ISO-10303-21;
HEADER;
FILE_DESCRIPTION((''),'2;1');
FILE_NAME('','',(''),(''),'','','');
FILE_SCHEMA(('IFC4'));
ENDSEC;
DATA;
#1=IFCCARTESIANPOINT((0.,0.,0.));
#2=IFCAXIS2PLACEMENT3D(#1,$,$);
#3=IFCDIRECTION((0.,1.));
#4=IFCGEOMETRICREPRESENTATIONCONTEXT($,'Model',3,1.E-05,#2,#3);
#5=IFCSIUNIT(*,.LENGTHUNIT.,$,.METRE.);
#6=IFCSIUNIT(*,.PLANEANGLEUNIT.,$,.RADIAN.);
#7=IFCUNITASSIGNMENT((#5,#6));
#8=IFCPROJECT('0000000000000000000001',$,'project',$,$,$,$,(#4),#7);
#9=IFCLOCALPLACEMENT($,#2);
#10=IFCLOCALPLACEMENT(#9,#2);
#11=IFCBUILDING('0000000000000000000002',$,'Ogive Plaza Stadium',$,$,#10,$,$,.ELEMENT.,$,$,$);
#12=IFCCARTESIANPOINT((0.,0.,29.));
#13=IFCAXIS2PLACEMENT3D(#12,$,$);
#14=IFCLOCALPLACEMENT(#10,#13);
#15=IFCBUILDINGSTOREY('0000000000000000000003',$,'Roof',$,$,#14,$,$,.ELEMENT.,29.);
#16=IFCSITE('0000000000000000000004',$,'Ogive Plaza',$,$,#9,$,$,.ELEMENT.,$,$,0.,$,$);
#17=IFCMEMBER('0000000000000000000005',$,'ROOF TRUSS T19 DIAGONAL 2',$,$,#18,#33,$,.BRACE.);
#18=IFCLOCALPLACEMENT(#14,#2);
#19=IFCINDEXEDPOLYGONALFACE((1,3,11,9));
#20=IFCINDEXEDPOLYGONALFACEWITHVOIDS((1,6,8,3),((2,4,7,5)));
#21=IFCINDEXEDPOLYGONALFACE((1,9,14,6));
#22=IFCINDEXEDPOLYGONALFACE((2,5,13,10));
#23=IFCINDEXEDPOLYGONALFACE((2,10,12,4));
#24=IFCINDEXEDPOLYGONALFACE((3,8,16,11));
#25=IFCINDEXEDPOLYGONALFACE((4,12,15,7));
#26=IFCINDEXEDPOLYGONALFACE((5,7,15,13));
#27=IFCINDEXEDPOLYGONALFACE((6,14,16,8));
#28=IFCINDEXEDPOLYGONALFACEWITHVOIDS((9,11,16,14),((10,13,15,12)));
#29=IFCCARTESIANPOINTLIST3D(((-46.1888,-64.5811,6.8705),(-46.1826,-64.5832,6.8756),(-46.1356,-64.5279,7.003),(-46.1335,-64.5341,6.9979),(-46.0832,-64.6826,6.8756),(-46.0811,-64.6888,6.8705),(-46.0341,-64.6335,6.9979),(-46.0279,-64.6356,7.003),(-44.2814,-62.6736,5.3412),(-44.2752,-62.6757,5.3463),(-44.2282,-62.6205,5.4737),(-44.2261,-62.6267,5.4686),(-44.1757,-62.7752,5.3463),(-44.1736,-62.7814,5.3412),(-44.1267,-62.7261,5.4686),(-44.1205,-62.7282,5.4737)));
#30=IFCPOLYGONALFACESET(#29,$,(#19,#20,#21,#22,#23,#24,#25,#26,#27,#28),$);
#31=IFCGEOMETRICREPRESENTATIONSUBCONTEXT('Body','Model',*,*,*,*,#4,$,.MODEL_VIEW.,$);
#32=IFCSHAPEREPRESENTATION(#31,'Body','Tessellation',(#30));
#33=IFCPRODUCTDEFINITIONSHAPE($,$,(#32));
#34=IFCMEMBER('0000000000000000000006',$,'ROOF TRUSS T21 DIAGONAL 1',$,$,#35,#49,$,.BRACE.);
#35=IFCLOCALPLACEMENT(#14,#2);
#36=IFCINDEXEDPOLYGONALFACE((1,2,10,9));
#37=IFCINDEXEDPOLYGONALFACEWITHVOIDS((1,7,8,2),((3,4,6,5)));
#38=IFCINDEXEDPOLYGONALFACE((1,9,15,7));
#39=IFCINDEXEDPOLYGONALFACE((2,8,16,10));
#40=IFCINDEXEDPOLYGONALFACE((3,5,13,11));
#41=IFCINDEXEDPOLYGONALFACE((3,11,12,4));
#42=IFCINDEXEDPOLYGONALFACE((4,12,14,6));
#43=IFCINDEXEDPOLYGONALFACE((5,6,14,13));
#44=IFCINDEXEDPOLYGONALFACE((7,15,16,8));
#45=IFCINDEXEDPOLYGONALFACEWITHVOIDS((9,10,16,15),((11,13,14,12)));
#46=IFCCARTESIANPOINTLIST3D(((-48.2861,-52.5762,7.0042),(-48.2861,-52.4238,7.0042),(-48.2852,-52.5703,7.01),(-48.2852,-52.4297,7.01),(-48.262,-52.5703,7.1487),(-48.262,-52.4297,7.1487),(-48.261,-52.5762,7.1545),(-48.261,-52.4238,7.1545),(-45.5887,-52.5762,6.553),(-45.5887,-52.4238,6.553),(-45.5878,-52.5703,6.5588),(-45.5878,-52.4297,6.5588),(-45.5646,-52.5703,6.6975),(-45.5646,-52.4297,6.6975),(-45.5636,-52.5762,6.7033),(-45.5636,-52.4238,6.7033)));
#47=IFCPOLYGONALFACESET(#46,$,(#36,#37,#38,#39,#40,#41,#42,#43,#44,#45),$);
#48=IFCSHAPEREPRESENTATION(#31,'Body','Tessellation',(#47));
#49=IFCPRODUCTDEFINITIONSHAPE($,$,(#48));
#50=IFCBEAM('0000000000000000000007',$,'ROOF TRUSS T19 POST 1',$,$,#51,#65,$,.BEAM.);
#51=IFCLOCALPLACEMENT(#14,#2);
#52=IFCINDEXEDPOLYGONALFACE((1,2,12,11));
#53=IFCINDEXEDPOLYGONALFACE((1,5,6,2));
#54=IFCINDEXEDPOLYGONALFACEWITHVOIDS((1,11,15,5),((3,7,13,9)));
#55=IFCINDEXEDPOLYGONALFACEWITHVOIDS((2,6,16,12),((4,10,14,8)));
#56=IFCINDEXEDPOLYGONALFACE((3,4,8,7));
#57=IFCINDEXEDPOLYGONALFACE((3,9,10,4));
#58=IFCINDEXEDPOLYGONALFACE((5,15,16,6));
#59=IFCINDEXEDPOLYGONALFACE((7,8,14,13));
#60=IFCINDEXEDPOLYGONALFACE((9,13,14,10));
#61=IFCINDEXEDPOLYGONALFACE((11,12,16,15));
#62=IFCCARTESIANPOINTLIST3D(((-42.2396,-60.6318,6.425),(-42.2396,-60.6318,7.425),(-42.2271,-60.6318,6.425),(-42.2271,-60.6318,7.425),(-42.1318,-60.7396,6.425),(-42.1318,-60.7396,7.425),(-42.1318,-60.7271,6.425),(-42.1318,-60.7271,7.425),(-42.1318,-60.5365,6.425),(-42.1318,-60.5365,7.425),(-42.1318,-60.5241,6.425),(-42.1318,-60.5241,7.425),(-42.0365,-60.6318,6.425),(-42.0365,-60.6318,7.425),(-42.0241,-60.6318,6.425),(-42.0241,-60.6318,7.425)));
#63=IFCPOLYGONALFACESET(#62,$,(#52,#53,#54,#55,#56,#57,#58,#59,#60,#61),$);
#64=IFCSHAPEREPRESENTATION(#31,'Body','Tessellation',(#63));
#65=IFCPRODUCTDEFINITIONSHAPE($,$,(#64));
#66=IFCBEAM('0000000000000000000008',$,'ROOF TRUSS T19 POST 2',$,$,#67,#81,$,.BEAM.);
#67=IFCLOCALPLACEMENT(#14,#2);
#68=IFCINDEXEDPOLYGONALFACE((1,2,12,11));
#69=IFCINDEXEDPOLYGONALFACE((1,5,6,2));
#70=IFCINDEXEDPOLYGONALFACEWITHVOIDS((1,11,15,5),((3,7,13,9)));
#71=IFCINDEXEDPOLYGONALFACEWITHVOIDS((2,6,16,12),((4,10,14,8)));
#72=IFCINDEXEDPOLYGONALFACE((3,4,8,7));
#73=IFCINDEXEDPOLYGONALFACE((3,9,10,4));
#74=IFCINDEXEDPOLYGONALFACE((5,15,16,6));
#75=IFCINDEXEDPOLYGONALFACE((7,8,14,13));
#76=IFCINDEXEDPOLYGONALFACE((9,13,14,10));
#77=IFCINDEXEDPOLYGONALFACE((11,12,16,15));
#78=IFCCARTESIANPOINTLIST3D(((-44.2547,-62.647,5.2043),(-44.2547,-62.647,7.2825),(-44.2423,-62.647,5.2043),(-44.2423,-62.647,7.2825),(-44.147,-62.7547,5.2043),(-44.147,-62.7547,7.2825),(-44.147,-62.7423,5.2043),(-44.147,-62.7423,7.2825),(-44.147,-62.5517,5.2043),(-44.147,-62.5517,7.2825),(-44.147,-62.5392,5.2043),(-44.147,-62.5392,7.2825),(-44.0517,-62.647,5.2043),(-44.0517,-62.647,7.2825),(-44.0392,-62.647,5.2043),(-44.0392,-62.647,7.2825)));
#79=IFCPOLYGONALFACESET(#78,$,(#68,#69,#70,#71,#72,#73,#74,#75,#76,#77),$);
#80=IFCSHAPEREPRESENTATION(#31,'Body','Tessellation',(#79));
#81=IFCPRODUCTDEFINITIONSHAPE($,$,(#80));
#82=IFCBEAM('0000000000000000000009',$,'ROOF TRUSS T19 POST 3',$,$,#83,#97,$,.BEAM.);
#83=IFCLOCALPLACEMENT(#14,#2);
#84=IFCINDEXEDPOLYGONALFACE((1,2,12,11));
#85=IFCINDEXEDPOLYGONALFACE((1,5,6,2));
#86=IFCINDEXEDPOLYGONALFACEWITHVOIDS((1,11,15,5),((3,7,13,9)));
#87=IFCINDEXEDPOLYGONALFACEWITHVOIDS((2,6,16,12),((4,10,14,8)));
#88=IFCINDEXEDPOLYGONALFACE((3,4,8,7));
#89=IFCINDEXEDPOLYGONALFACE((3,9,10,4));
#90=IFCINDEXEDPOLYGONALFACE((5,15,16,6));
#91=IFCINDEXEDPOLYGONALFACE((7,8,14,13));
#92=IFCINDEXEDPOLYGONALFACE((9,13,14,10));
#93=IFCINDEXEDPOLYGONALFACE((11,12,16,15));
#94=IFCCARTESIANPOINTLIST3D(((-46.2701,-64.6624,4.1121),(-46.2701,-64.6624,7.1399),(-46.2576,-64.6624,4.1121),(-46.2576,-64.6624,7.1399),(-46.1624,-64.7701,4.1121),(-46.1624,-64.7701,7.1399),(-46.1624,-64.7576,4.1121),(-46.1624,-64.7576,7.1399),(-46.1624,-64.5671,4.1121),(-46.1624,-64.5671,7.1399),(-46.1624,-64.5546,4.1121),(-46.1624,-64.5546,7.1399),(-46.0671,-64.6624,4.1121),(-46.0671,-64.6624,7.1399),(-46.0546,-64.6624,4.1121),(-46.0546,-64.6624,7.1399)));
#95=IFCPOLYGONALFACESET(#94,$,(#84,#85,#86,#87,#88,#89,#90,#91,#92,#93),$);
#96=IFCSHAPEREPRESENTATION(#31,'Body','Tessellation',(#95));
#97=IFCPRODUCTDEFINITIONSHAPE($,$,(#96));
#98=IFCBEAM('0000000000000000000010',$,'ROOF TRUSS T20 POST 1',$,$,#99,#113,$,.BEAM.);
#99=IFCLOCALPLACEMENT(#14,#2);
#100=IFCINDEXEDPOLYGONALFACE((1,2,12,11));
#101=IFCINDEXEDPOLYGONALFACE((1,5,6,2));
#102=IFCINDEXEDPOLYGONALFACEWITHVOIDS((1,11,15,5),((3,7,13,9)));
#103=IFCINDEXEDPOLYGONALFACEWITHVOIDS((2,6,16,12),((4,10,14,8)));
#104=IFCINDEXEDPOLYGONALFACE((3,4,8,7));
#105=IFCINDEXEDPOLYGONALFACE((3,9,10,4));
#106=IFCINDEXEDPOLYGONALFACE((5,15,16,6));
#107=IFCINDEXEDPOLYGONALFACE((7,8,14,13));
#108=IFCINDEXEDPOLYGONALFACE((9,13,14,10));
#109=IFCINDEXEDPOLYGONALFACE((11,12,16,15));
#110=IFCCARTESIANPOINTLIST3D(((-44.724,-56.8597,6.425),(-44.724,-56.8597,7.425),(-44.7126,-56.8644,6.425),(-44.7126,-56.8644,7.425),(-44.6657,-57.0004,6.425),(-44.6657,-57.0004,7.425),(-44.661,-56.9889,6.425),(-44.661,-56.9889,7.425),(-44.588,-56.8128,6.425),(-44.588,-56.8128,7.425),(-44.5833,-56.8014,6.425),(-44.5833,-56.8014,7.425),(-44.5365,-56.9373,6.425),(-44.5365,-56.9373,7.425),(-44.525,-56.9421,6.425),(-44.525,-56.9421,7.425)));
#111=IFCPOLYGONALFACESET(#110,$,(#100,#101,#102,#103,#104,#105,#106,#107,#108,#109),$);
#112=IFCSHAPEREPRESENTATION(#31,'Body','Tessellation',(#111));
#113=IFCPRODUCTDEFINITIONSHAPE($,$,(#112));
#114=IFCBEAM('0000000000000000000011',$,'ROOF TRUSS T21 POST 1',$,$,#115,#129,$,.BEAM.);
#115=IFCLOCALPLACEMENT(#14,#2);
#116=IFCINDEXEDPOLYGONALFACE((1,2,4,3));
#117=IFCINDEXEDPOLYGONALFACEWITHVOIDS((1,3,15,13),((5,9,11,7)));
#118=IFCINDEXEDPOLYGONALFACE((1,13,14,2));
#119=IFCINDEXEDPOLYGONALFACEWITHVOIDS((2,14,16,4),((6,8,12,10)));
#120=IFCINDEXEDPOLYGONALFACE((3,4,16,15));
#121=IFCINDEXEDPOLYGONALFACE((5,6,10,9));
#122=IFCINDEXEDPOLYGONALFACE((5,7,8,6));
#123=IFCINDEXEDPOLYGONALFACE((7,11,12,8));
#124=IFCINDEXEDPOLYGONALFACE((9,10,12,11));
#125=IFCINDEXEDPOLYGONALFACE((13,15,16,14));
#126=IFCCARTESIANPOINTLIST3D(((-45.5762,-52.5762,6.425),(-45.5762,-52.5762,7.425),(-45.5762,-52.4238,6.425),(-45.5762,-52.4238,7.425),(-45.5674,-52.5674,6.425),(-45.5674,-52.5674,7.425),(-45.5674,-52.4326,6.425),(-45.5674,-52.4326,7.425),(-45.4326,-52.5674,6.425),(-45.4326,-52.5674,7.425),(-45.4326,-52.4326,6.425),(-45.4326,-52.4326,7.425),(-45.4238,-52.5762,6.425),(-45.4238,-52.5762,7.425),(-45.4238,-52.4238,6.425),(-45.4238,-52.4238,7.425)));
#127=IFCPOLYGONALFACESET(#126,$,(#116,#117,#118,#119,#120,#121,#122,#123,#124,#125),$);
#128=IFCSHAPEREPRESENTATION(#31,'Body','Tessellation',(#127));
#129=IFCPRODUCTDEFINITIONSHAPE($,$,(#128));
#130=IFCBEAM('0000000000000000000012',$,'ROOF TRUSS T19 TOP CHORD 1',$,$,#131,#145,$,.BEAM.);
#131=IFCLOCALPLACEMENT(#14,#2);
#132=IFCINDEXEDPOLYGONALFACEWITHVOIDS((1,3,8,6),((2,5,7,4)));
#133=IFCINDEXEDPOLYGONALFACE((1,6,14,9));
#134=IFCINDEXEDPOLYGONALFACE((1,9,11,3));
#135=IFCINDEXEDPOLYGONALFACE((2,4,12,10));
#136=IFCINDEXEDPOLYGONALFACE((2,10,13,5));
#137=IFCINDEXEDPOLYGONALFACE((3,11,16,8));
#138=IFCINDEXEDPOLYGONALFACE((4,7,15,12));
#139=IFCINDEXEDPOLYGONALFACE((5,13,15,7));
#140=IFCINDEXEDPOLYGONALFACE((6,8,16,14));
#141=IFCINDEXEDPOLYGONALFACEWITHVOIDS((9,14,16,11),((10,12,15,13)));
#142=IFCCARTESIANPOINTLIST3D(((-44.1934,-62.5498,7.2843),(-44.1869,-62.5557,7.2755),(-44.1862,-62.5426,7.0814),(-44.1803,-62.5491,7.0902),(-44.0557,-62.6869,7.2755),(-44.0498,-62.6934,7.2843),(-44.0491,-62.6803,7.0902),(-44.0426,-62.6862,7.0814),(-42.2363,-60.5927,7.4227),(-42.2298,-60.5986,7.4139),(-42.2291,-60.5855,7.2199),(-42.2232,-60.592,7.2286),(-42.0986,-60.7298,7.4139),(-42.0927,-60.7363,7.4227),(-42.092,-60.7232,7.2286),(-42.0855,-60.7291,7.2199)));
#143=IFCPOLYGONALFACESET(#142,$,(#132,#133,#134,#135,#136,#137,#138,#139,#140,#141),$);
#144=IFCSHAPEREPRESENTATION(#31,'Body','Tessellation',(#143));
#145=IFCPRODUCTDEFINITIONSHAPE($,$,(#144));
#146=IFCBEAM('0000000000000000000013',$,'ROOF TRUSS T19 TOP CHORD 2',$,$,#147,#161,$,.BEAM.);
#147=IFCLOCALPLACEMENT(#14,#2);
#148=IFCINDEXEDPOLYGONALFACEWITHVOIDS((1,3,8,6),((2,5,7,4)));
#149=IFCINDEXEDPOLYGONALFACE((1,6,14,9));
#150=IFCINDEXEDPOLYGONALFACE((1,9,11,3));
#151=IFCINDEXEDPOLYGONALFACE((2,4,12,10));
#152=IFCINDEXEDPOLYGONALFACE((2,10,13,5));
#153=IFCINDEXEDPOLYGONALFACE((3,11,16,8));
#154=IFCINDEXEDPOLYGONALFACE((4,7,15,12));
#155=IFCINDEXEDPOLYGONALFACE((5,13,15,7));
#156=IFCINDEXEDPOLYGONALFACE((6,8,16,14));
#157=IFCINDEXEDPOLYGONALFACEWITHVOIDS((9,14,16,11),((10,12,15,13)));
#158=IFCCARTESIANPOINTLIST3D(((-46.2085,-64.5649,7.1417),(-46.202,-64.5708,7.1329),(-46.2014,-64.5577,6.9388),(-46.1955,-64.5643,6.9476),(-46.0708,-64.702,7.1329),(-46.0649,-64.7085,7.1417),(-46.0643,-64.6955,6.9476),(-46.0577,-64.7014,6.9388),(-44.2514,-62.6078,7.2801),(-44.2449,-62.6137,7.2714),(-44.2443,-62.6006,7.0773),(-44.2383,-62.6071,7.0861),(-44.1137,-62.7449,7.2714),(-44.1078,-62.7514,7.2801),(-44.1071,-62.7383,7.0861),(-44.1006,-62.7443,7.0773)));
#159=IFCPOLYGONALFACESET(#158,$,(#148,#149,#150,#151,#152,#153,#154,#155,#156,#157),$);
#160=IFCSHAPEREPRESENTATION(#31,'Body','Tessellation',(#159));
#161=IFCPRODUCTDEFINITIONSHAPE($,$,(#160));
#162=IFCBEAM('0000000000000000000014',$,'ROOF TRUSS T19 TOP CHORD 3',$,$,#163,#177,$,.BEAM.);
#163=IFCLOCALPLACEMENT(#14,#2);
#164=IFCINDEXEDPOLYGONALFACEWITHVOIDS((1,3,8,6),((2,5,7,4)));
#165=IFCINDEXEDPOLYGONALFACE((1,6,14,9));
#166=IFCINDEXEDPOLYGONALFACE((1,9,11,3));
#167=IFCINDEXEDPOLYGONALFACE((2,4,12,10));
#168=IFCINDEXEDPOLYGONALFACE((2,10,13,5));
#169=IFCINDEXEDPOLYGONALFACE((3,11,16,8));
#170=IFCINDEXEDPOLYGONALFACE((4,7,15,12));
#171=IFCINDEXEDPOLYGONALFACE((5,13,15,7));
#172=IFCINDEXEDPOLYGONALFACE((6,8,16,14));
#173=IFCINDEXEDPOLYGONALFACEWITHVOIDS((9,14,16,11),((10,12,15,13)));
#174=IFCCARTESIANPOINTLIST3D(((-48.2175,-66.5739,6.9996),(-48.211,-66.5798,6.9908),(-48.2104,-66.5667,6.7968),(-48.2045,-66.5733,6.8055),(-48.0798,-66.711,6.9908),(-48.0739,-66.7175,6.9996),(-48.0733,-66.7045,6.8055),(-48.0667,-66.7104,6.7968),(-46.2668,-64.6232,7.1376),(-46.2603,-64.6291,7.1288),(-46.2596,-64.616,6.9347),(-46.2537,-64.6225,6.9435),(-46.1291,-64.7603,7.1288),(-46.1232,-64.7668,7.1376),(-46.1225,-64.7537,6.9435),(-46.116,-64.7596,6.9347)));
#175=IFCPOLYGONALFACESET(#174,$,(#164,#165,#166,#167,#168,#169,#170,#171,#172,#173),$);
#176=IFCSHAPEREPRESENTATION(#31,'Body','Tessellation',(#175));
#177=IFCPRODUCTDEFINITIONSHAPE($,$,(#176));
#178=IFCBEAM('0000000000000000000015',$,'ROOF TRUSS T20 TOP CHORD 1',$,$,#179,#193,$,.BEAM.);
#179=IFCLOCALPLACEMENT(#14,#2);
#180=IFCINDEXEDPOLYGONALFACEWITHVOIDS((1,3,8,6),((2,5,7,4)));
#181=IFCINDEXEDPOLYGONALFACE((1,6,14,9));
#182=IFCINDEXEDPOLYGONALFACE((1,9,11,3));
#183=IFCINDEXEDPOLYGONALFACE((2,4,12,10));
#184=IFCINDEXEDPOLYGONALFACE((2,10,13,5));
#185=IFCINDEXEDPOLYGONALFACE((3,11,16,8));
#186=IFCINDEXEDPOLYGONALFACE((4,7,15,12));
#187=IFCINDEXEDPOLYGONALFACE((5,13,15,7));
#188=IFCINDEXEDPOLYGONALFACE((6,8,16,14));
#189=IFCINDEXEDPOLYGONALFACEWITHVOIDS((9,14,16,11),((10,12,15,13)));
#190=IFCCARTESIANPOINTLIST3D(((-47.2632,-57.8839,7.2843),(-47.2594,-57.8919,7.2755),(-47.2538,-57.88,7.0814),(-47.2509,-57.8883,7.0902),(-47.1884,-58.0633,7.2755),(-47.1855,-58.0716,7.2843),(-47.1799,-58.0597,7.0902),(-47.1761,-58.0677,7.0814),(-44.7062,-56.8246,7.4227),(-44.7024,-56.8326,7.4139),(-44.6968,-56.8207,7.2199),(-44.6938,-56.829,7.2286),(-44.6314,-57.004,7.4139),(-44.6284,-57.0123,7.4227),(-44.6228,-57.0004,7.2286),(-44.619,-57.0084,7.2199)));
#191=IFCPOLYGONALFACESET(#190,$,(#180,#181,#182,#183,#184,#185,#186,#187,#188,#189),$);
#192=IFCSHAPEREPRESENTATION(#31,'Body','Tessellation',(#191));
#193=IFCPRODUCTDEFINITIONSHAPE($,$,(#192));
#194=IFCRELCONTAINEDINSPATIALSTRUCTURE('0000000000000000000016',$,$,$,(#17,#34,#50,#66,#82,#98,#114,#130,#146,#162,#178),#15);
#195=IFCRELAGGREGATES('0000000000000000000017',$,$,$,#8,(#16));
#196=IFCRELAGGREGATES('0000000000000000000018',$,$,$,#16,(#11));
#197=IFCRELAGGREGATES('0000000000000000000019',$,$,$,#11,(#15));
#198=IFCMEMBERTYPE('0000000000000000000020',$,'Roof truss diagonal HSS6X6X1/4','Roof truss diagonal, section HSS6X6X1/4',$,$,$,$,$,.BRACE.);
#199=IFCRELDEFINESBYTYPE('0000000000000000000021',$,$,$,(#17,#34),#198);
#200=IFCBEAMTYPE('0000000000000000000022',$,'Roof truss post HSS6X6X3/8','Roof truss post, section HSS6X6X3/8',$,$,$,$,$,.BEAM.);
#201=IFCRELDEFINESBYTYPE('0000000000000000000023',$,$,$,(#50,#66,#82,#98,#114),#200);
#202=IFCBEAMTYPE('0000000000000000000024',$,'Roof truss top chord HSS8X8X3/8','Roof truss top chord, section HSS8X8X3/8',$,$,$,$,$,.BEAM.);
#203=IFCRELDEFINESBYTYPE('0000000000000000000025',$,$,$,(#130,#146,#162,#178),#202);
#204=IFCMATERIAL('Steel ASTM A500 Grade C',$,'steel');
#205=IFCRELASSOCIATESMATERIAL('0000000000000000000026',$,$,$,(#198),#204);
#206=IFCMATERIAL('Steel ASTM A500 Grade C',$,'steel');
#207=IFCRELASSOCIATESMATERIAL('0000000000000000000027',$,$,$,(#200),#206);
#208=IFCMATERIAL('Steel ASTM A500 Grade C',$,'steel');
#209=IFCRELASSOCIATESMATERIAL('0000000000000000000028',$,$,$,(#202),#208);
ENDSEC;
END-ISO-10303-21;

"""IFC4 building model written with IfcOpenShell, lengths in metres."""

from ifc_helpers import new_model, si_unit, direction, frame, origin, origin_2d, place, context, subcontext, project, spatial, hollow_rectangle, extrude, material, material_profile, profile_set, type_object, element, save


model = new_model("IFC4")

# Units and contexts
model_context = context("Model", 3, precision=1e-05, world=origin(), true_north=direction((0.0, 1.0)))
body_context = subcontext(model_context, "Body", "Model", "MODEL_VIEW")
ifc_project = project(units=[si_unit("LENGTHUNIT", "METRE"), si_unit("PLANEANGLEUNIT", "RADIAN")], contexts=[model_context])

# Site, building, storey
site_placement = place(None, origin())
site = spatial("IfcSite", under=ifc_project, at=site_placement, Name="Ogive Plaza", CompositionType="ELEMENT", RefElevation=0.0)
building_placement = place(site_placement, origin())
building = spatial("IfcBuilding", under=site, at=building_placement, Name="Ogive Plaza Stadium", CompositionType="ELEMENT")
storey_placement = place(building_placement, frame((0.0, 0.0, 29.0)))
storey = spatial("IfcBuildingStorey", under=building, at=storey_placement, Name="Roof", CompositionType="ELEMENT", Elevation=29.0)

# Members
ifc_material_1 = material(Name="Steel ASTM A500 Grade C", Category="steel")
ifc_material_profile_1 = material_profile(ifc_material_1, hollow_rectangle(XDim=0.1523, YDim=0.1523, WallThickness=0.0059, at=origin_2d()), Name="HSS6X6X1/4")
ifc_profile_set_1 = profile_set([ifc_material_profile_1], Name="Steel ASTM A500 Grade C")
member_type_1 = type_object("IfcMemberType", Name="Roof truss diagonal HSS6X6X1/4", Description="Roof truss diagonal, section HSS6X6X1/4", PredefinedType="BRACE", material=ifc_profile_set_1)
member_1_placement = place(storey_placement, frame((-44.2009, -62.7009, 5.4075), z_axis=(-0.615133, -0.615133, 0.493177), x_axis=(0.707107, -0.707107, 0.0)))
element("IfcMember", 1, at=member_1_placement, inside=storey, type_object=member_type_1, Name="ROOF TRUSS T19 DIAGONAL 2", PredefinedType="BRACE", context=body_context, shape_type="SweptSolid", body=[
    extrude(hollow_rectangle(XDim=0.1523, YDim=0.1523, WallThickness=0.0059, at=origin_2d()), origin(), (0.0, 0.0, 1.0), 3.1008),
])
member_2_placement = place(storey_placement, frame((-45.5762, -52.5, 6.6282), z_axis=(-0.9863, 0.0, 0.164964), x_axis=(0.0, -1.0, 0.0)))
element("IfcMember", 2, at=member_2_placement, inside=storey, type_object=member_type_1, Name="ROOF TRUSS T21 DIAGONAL 1", PredefinedType="BRACE", context=body_context, shape_type="SweptSolid", body=[
    extrude(hollow_rectangle(XDim=0.1523, YDim=0.1523, WallThickness=0.0059, at=origin_2d()), origin(), (0.0, 0.0, 1.0), 2.7349),
])

# Beams
ifc_material_2 = material(Name="Steel ASTM A500 Grade C", Category="steel")
ifc_material_profile_2 = material_profile(ifc_material_2, hollow_rectangle(XDim=0.1523, YDim=0.1523, WallThickness=0.0088, at=origin_2d()), Name="HSS6X6X3/8")
ifc_profile_set_2 = profile_set([ifc_material_profile_2], Name="Steel ASTM A500 Grade C")
beam_type_1 = type_object("IfcBeamType", Name="Roof truss post HSS6X6X3/8", Description="Roof truss post, section HSS6X6X3/8", PredefinedType="BEAM", material=ifc_profile_set_2)
beam_1_placement = place(storey_placement, frame((-42.1318, -60.6318, 6.425), z_axis=(0.0, 0.0, 1.0), x_axis=(0.707107, -0.707107, 0.0)))
element("IfcBeam", 3, at=beam_1_placement, inside=storey, type_object=beam_type_1, Name="ROOF TRUSS T19 POST 1", PredefinedType="BEAM", context=body_context, shape_type="SweptSolid", body=[
    extrude(hollow_rectangle(XDim=0.1523, YDim=0.1523, WallThickness=0.0088, at=origin_2d()), origin(), (0.0, 0.0, 1.0), 1.0),
])
beam_2_placement = place(storey_placement, frame((-44.147, -62.647, 5.2043), z_axis=(0.0, 0.0, 1.0), x_axis=(0.707107, -0.707107, 0.0)))
element("IfcBeam", 4, at=beam_2_placement, inside=storey, type_object=beam_type_1, Name="ROOF TRUSS T19 POST 2", PredefinedType="BEAM", context=body_context, shape_type="SweptSolid", body=[
    extrude(hollow_rectangle(XDim=0.1523, YDim=0.1523, WallThickness=0.0088, at=origin_2d()), origin(), (0.0, 0.0, 1.0), 2.0781),
])
beam_3_placement = place(storey_placement, frame((-46.1624, -64.6624, 4.1121), z_axis=(0.0, 0.0, 1.0), x_axis=(0.707107, -0.707107, 0.0)))
element("IfcBeam", 5, at=beam_3_placement, inside=storey, type_object=beam_type_1, Name="ROOF TRUSS T19 POST 3", PredefinedType="BEAM", context=body_context, shape_type="SweptSolid", body=[
    extrude(hollow_rectangle(XDim=0.1523, YDim=0.1523, WallThickness=0.0088, at=origin_2d()), origin(), (0.0, 0.0, 1.0), 3.0278),
])
for number, where, z_axis, x_axis, name in (
    (6, (-44.6245, -56.9009, 6.425), (0.0, 0.0, 1.0), (0.382683, -0.92388, 0.0), "ROOF TRUSS T20 POST 1"),
    (7, (-45.5, -52.5, 6.425), (0.0, 0.0, 1.0), (0.0, -1.0, 0.0), "ROOF TRUSS T21 POST 1"),
):
    element("IfcBeam", number, at=place(storey_placement, frame(where, z_axis=z_axis, x_axis=x_axis)), inside=storey, type_object=beam_type_1, Name=name, PredefinedType="BEAM", context=body_context, shape_type="SweptSolid", body=[
        extrude(hollow_rectangle(XDim=0.1523, YDim=0.1523, WallThickness=0.0088, at=origin_2d()), origin(), (0.0, 0.0, 1.0), 1.0),
    ])
ifc_material_3 = material(Name="Steel ASTM A500 Grade C", Category="steel")
ifc_material_profile_3 = material_profile(ifc_material_3, hollow_rectangle(XDim=0.2031, YDim=0.2031, WallThickness=0.0088, at=origin_2d()), Name="HSS8X8X3/8")
ifc_profile_set_3 = profile_set([ifc_material_profile_3], Name="Steel ASTM A500 Grade C")
beam_type_2 = type_object("IfcBeamType", Name="Roof truss top chord HSS8X8X3/8", Description="Roof truss top chord, section HSS8X8X3/8", PredefinedType="BEAM", material=ifc_profile_set_3)
for number, where, z_axis, x_axis, name in (
    (8, (-42.1609, -60.6609, 7.3213), (-0.706224, -0.706224, -0.049954), (0.707107, -0.707107, 0.0), "ROOF TRUSS T19 TOP CHORD 1"),
    (9, (-44.176, -62.676, 7.1787), (-0.706224, -0.706224, -0.049954), (0.707107, -0.707107, 0.0), "ROOF TRUSS T19 TOP CHORD 2"),
):
    element("IfcBeam", number, at=place(storey_placement, frame(where, z_axis=z_axis, x_axis=x_axis)), inside=storey, type_object=beam_type_2, Name=name, PredefinedType="BEAM", context=body_context, shape_type="SweptSolid", body=[
        extrude(hollow_rectangle(XDim=0.2031, YDim=0.2031, WallThickness=0.0088, at=origin_2d()), origin(), (0.0, 0.0, 1.0), 2.7712),
    ])
beam_4_placement = place(storey_placement, frame((-46.1914, -64.6914, 7.0361), z_axis=(-0.706224, -0.706224, -0.04994), x_axis=(0.707107, -0.707107, 0.0)))
element("IfcBeam", 10, at=beam_4_placement, inside=storey, type_object=beam_type_2, Name="ROOF TRUSS T19 TOP CHORD 3", PredefinedType="BEAM", context=body_context, shape_type="SweptSolid", body=[
    extrude(hollow_rectangle(XDim=0.2031, YDim=0.2031, WallThickness=0.0088, at=origin_2d()), origin(), (0.0, 0.0, 1.0), 2.7622),
])
beam_5_placement = place(storey_placement, frame((-44.6626, -56.9165, 7.3213), z_axis=(-0.92271, -0.382245, -0.04995), x_axis=(0.382723, -0.923863, 0.0)))
element("IfcBeam", 11, at=beam_5_placement, inside=storey, type_object=beam_type_2, Name="ROOF TRUSS T20 TOP CHORD 1", PredefinedType="BEAM", context=body_context, shape_type="SweptSolid", body=[
    extrude(hollow_rectangle(XDim=0.2031, YDim=0.2031, WallThickness=0.0088, at=origin_2d()), origin(), (0.0, 0.0, 1.0), 2.7712),
])

save(model, "model.ifc")
